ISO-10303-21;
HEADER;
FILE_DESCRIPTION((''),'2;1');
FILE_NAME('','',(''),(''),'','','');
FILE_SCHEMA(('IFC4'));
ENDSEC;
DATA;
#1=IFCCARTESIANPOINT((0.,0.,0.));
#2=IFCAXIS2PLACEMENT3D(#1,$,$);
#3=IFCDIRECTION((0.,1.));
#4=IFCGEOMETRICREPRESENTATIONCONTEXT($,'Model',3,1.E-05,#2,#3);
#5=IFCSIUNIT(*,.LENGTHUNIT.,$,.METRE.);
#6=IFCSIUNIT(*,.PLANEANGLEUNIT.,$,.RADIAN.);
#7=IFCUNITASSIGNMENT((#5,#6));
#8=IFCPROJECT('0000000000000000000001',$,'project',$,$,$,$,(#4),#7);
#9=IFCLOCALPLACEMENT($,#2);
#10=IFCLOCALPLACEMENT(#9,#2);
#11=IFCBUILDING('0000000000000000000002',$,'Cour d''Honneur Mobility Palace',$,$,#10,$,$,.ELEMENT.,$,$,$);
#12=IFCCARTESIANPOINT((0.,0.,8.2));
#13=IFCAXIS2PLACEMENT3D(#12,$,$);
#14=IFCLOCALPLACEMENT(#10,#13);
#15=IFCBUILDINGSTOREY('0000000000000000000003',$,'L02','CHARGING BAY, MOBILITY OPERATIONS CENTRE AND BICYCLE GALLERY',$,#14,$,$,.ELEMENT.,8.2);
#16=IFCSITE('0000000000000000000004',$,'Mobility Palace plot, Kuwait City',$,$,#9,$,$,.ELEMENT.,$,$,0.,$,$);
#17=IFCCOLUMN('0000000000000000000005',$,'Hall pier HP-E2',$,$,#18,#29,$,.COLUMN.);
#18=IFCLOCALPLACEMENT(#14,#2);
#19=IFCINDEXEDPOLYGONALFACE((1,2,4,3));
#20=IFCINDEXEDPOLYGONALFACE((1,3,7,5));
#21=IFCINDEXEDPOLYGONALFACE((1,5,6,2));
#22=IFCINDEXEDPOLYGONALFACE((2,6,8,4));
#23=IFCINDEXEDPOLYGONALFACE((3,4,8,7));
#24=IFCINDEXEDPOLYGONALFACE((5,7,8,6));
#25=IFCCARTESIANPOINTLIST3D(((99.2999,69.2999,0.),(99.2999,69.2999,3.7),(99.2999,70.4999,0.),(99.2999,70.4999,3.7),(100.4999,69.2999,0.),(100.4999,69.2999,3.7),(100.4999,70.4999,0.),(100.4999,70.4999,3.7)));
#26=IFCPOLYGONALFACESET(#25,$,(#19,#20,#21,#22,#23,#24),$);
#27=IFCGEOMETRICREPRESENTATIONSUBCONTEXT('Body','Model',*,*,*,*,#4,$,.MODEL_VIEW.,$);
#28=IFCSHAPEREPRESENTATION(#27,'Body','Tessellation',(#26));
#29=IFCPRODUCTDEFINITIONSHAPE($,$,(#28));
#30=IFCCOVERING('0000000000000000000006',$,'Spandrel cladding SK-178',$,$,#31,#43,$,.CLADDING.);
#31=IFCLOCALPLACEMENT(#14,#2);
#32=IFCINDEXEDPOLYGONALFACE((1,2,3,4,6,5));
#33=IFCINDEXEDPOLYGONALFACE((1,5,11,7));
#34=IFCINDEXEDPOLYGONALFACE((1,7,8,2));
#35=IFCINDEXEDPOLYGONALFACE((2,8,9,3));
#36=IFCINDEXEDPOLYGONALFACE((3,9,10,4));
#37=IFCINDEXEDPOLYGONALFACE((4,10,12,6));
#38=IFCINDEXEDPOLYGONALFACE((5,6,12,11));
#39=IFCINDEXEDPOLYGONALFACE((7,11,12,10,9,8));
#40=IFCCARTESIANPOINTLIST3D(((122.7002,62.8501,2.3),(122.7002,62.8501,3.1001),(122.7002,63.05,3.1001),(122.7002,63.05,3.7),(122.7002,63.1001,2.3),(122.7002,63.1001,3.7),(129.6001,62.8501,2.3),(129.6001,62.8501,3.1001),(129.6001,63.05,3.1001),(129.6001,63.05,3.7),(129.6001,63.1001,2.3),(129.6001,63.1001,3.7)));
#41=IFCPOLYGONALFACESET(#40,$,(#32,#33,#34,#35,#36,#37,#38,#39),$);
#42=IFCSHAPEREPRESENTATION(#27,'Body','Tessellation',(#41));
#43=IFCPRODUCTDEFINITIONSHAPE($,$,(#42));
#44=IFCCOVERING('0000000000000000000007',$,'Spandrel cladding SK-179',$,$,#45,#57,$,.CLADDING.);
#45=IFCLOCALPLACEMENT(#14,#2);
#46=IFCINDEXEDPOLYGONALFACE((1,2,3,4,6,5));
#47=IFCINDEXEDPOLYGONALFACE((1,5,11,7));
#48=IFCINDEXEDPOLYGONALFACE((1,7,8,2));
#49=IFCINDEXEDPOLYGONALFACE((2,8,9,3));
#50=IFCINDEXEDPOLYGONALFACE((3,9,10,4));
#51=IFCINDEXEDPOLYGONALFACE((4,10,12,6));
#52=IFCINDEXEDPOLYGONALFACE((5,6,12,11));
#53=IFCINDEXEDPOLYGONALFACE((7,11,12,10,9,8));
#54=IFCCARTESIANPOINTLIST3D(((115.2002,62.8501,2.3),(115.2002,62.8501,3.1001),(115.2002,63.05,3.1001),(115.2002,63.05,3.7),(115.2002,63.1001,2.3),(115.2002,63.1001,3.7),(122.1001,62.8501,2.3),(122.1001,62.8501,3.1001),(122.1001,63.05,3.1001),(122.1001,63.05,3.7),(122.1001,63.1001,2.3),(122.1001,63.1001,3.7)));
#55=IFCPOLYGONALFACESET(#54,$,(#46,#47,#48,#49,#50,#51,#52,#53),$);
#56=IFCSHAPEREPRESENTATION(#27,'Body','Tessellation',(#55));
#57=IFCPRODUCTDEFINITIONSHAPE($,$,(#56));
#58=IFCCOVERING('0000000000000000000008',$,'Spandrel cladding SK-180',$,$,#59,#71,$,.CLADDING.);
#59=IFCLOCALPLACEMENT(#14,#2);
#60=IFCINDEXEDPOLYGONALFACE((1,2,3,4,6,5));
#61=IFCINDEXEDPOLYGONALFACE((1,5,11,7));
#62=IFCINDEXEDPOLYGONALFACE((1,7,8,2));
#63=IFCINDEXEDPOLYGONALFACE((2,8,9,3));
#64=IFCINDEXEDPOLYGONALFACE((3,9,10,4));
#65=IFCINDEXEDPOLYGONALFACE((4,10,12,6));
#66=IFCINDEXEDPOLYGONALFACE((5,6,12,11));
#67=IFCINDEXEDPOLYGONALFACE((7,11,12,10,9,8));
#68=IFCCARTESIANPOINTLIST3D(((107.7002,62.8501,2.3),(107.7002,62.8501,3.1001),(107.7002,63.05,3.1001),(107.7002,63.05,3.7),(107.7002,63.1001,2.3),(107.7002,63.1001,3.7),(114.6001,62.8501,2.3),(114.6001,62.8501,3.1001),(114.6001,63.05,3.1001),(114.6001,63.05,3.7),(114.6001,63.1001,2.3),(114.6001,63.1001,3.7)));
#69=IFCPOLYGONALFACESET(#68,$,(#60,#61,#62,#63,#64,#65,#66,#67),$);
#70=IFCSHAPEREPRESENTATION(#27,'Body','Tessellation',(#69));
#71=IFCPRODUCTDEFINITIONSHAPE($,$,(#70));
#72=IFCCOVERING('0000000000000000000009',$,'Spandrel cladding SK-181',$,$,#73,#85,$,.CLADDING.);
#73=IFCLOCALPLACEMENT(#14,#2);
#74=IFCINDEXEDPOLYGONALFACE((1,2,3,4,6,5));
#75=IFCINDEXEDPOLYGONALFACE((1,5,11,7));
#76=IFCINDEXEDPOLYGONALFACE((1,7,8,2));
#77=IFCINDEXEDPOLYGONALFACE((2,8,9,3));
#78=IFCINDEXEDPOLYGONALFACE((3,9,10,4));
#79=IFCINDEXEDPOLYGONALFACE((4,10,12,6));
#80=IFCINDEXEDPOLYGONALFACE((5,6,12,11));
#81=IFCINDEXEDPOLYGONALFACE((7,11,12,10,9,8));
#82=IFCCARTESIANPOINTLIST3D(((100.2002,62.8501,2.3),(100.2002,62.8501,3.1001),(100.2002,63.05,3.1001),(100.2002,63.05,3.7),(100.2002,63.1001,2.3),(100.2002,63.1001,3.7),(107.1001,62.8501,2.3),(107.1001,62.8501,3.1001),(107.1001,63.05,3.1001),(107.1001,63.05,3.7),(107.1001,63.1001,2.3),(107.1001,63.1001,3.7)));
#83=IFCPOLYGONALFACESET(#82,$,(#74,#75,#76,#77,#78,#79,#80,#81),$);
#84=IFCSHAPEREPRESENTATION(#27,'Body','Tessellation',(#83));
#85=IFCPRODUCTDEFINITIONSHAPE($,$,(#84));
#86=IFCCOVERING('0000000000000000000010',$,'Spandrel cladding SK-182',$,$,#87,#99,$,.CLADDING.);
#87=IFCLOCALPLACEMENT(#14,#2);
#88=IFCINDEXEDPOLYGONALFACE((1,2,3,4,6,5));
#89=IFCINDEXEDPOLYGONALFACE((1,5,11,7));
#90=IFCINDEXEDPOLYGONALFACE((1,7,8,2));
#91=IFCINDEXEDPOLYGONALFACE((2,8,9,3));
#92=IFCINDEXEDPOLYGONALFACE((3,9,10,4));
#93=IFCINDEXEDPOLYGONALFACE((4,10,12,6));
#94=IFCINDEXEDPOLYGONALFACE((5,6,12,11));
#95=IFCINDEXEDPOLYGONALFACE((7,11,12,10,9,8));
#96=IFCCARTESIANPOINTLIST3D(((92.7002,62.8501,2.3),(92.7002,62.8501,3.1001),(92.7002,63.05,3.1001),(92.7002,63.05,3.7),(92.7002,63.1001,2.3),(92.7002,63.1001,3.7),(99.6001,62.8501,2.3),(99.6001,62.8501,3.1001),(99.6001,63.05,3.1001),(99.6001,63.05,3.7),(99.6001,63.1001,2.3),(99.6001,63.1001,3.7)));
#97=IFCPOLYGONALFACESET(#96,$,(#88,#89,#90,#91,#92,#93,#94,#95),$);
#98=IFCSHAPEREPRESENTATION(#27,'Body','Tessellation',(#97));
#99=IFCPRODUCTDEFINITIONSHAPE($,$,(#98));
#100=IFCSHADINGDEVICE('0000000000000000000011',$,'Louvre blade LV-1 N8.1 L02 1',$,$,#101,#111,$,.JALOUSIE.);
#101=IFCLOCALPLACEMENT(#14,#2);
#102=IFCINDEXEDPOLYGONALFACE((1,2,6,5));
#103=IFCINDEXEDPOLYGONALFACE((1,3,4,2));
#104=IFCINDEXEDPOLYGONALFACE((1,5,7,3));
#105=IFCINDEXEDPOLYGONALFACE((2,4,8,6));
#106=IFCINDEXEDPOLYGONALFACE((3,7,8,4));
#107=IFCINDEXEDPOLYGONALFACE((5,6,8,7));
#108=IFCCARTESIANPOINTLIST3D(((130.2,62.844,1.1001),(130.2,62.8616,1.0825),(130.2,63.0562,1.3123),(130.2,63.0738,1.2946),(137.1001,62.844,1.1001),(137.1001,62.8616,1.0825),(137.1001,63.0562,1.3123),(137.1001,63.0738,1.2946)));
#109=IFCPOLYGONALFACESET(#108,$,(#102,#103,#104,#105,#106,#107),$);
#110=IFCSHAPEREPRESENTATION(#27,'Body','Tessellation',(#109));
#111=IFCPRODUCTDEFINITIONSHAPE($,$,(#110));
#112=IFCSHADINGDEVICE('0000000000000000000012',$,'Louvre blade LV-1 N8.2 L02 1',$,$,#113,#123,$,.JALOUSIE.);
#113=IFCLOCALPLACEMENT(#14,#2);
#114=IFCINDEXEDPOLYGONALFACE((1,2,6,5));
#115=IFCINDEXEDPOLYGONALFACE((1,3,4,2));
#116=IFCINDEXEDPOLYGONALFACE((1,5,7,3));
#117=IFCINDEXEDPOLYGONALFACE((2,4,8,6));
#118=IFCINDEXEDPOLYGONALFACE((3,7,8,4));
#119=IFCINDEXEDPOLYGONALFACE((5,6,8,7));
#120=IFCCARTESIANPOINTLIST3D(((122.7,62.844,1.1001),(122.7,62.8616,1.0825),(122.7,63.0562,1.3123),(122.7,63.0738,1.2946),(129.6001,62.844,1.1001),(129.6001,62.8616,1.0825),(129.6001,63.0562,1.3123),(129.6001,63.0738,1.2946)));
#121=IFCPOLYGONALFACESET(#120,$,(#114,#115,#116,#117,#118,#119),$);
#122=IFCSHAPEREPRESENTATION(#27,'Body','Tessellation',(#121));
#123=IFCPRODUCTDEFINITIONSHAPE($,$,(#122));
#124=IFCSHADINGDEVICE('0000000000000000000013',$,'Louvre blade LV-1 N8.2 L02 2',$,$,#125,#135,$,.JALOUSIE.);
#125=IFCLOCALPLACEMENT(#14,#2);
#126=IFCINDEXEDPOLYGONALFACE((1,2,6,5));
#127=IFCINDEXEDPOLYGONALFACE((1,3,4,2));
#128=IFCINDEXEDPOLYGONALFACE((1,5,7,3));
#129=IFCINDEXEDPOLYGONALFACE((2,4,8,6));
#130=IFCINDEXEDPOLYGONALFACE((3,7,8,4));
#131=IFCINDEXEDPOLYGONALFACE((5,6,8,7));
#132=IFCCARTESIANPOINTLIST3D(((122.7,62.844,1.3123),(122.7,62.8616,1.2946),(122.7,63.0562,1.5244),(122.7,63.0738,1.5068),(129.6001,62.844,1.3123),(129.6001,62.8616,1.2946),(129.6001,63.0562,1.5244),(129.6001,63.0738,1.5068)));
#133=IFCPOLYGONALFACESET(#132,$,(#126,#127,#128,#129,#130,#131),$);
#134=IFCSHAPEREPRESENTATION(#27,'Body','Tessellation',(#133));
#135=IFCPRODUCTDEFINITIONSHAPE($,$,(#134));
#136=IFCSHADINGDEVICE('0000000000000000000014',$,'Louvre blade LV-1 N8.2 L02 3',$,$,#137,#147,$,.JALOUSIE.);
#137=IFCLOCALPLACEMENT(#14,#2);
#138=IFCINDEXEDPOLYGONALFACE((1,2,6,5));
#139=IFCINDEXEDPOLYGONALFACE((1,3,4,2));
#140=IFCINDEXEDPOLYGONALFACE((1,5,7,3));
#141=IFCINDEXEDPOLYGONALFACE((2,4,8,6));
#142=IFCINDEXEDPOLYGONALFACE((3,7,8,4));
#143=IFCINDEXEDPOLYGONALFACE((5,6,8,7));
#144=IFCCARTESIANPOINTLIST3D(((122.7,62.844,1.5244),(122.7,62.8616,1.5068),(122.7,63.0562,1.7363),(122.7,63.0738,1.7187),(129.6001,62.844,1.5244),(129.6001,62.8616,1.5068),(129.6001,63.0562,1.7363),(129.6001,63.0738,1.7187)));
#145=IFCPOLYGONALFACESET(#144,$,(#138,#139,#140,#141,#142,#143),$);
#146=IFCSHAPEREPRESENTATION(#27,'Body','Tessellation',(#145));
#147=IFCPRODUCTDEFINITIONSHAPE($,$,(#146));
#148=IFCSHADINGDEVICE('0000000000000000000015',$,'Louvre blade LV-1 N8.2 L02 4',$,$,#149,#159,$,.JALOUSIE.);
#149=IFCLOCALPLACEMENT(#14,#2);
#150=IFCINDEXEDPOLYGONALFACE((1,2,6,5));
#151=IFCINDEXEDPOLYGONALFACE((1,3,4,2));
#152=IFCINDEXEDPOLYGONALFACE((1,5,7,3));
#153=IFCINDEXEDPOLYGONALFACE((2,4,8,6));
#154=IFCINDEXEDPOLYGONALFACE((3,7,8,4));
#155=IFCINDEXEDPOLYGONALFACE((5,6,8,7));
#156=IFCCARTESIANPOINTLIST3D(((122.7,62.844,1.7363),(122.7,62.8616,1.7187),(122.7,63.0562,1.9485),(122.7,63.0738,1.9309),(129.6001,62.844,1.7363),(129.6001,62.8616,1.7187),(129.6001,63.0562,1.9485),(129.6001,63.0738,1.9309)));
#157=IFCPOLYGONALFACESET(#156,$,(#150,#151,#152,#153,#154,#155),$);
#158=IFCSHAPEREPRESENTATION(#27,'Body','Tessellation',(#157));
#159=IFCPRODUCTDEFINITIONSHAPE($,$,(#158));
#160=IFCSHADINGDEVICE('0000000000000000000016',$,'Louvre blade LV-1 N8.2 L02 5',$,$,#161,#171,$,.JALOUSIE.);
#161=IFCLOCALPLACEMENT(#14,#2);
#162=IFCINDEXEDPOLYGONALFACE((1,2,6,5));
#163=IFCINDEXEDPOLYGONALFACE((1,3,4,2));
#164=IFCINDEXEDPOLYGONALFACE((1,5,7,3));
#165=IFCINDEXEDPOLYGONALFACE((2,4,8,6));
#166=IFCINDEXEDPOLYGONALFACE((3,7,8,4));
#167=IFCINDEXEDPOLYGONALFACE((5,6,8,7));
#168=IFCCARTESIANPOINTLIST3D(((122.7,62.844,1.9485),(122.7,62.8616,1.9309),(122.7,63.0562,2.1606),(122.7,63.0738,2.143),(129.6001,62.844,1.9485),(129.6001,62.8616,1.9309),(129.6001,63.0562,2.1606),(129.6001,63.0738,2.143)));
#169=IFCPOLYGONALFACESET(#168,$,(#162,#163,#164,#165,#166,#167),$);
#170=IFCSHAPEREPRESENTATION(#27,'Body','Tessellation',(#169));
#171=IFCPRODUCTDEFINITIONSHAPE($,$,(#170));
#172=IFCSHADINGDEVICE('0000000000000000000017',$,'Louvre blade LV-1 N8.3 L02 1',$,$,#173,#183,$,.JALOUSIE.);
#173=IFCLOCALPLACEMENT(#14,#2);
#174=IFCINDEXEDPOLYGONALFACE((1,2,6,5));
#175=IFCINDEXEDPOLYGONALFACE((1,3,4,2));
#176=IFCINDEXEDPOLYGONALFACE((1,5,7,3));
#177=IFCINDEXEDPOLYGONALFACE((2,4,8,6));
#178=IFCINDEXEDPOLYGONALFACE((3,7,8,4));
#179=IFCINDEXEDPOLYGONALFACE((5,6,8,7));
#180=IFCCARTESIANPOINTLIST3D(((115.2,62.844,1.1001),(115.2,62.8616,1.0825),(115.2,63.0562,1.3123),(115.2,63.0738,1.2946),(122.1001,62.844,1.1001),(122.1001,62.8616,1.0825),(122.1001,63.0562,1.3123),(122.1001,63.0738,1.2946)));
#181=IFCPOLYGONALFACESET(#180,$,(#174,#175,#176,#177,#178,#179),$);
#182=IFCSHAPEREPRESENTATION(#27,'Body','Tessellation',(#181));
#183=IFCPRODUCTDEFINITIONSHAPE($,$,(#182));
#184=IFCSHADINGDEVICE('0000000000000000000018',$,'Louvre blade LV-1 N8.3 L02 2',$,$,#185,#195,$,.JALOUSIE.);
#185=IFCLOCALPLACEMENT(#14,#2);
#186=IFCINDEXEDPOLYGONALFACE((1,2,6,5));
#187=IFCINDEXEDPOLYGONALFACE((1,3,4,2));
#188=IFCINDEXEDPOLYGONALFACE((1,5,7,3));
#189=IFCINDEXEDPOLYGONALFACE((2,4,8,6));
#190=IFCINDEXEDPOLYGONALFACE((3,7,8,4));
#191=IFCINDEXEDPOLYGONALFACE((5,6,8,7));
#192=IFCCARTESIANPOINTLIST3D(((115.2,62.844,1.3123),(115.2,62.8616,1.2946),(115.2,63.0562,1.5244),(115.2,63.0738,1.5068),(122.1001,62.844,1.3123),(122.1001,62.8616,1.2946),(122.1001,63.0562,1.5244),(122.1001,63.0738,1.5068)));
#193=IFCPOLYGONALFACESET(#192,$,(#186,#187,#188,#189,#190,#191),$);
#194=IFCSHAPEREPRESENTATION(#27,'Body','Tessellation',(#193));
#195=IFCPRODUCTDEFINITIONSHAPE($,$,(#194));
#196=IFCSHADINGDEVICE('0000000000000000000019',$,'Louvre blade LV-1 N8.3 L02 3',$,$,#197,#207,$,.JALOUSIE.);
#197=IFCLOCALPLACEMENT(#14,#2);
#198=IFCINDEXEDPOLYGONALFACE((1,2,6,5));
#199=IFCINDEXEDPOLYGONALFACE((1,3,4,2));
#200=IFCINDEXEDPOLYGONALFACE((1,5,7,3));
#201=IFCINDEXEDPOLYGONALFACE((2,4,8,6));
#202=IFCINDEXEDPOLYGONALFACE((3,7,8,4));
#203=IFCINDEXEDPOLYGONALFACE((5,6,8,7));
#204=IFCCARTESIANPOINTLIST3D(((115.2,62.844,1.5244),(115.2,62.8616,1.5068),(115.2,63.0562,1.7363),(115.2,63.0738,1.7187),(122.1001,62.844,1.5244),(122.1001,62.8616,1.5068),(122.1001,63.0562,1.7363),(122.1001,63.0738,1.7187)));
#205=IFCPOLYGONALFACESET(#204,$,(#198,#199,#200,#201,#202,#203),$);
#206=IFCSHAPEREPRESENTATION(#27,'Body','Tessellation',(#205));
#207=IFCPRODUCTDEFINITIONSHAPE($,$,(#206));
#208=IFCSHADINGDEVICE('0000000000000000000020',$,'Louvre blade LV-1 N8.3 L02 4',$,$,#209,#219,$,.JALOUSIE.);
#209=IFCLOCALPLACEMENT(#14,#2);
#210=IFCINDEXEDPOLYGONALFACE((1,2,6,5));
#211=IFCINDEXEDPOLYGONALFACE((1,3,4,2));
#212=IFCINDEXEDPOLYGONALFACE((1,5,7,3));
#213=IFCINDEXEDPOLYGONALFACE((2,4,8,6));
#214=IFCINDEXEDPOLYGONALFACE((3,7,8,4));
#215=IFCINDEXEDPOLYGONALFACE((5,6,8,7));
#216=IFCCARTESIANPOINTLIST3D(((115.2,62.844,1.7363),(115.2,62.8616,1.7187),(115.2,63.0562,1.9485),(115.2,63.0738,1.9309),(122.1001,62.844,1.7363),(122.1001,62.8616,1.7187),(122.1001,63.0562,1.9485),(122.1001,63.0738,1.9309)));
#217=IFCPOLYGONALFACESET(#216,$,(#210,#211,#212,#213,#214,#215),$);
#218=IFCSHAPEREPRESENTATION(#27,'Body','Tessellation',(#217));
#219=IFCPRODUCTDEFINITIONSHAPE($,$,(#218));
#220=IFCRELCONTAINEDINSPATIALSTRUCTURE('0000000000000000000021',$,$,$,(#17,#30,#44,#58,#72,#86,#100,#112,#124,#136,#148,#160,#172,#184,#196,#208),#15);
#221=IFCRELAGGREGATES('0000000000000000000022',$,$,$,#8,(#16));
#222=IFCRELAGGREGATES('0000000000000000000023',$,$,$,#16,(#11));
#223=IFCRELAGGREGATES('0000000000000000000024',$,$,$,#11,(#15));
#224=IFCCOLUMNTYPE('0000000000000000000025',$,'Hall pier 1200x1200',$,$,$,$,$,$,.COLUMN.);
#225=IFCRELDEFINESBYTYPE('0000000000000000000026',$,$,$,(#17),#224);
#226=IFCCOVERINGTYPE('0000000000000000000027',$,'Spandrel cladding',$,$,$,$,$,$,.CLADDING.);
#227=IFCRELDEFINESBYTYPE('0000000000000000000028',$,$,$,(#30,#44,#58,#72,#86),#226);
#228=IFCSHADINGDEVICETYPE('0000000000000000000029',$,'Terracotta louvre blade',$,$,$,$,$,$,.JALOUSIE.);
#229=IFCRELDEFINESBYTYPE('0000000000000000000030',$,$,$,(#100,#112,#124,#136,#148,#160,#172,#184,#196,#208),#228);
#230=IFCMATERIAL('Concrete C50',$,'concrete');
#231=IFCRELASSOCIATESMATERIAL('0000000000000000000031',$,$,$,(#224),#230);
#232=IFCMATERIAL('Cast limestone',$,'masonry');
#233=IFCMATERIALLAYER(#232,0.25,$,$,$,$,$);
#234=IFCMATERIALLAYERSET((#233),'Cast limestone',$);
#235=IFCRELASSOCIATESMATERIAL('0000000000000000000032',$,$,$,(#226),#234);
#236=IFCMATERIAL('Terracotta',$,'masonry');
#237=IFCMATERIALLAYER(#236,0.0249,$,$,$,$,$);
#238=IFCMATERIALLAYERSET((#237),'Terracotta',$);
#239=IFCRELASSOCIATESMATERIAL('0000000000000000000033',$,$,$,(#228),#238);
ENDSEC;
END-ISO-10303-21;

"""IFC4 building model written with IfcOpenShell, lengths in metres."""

from ifc_helpers import new_model, si_unit, direction, frame, origin, origin_2d, place, context, subcontext, project, spatial, polyline, rectangle, outline, extrude, material, layer, layer_set, material_profile, profile_set, type_object, element, save


model = new_model("IFC4")

# Units and contexts
model_context = context("Model", 3, precision=1e-05, world=origin(), true_north=direction((0.0, 1.0)))
body_context = subcontext(model_context, "Body", "Model", "MODEL_VIEW")
ifc_project = project(units=[si_unit("LENGTHUNIT", "METRE"), si_unit("PLANEANGLEUNIT", "RADIAN")], contexts=[model_context])

# Site, building, storey
site_placement = place(None, origin())
site = spatial("IfcSite", under=ifc_project, at=site_placement, Name="Mobility Palace plot, Kuwait City", CompositionType="ELEMENT", RefElevation=0.0)
building_placement = place(site_placement, origin())
building = spatial("IfcBuilding", under=site, at=building_placement, Name="Cour d'Honneur Mobility Palace", CompositionType="ELEMENT")
storey_placement = place(building_placement, frame((0.0, 0.0, 8.2)))
storey = spatial("IfcBuildingStorey", under=building, at=storey_placement, Name="L02", Description="CHARGING BAY, MOBILITY OPERATIONS CENTRE AND BICYCLE GALLERY", CompositionType="ELEMENT", Elevation=8.2)

# Column
ifc_material_1 = material(Name="Concrete C50", Category="concrete")
ifc_material_profile = material_profile(ifc_material_1, rectangle(XDim=1.2, YDim=1.2, at=origin_2d()), Name="Hall pier 1200x1200")
ifc_profile_set = profile_set([ifc_material_profile], Name="Concrete C50")
column_type = type_object("IfcColumnType", Name="Hall pier 1200x1200", PredefinedType="COLUMN", material=ifc_profile_set)
column_placement = place(storey_placement, frame((99.8999, 69.8999, 0.0), z_axis=(0.0, 0.0, 1.0), x_axis=(1.0, 0.0, 0.0)))
element("IfcColumn", 1, at=column_placement, inside=storey, type_object=column_type, Name="Hall pier HP-E2", PredefinedType="COLUMN", context=body_context, shape_type="SweptSolid", body=[
    extrude(rectangle(XDim=1.2, YDim=1.2, at=origin_2d()), origin(), (0.0, 0.0, 1.0), 3.7),
])

# Coverings
ifc_material_2 = material(Name="Cast limestone", Category="masonry")
ifc_layer_1 = layer(ifc_material_2, 0.25)
ifc_layer_set_1 = layer_set([ifc_layer_1], Name="Cast limestone")
covering_type = type_object("IfcCoveringType", Name="Spandrel cladding", PredefinedType="CLADDING", material=ifc_layer_set_1)
for number, where, z_axis, x_axis, name in (
    (2, (129.6001, 62.8501, 2.3), (1.0, 0.0, 0.0), (0.0, 1.0, 0.0), "Spandrel cladding SK-178"),
    (3, (122.1001, 62.8501, 2.3), (1.0, 0.0, 0.0), (0.0, 1.0, 0.0), "Spandrel cladding SK-179"),
    (4, (114.6001, 62.8501, 2.3), (1.0, 0.0, 0.0), (0.0, 1.0, 0.0), "Spandrel cladding SK-180"),
    (5, (107.1001, 62.8501, 2.3), (1.0, 0.0, 0.0), (0.0, 1.0, 0.0), "Spandrel cladding SK-181"),
    (6, (99.6001, 62.8501, 2.3), (1.0, 0.0, 0.0), (0.0, 1.0, 0.0), "Spandrel cladding SK-182"),
):
    element("IfcCovering", number, at=place(storey_placement, frame(where, z_axis=z_axis, x_axis=x_axis)), inside=storey, type_object=covering_type, Name=name, PredefinedType="CLADDING", context=body_context, shape_type="SweptSolid", body=[
        extrude(outline(polyline([(0.0, 0.0), (0.25, 0.0), (0.25, 1.3999), (0.2, 1.3999), (0.2, 0.8), (0.0, 0.8), (0.0, 0.0)])), origin(), (0.0, 0.0, -1.0), 6.8999),
    ])

# Shading devices
ifc_material_3 = material(Name="Terracotta", Category="masonry")
ifc_layer_2 = layer(ifc_material_3, 0.0249)
ifc_layer_set_2 = layer_set([ifc_layer_2], Name="Terracotta")
shading_device_type = type_object("IfcShadingDeviceType", Name="Terracotta louvre blade", PredefinedType="JALOUSIE", material=ifc_layer_set_2)
for number, where, z_axis, x_axis, name in (
    (7, (137.1001, 62.844, 1.1001), (0.0, -0.707107, 0.707107), (-1.0, 0.0, 0.0), "Louvre blade LV-1 N8.1 L02 1"),
    (8, (129.6001, 62.844, 1.1001), (0.0, -0.707107, 0.707107), (-1.0, 0.0, 0.0), "Louvre blade LV-1 N8.2 L02 1"),
    (9, (129.6001, 62.844, 1.3123), (0.0, -0.707107, 0.707107), (-1.0, 0.0, 0.0), "Louvre blade LV-1 N8.2 L02 2"),
):
    element("IfcShadingDevice", number, at=place(storey_placement, frame(where, z_axis=z_axis, x_axis=x_axis)), inside=storey, type_object=shading_device_type, Name=name, PredefinedType="JALOUSIE", context=body_context, shape_type="SweptSolid", body=[
        extrude(outline(polyline([(0.0, 0.0), (6.9001, 0.0), (6.9001, -0.3), (0.0, -0.3), (0.0, 0.0)])), origin(), (0.0, 0.0, -1.0), 0.0249),
    ])
shading_device_1_placement = place(storey_placement, frame((129.6001, 62.844, 1.5244), z_axis=(0.0, -0.7067, 0.707514), x_axis=(-1.0, 0.0, 0.0)))
element("IfcShadingDevice", 10, at=shading_device_1_placement, inside=storey, type_object=shading_device_type, Name="Louvre blade LV-1 N8.2 L02 3", PredefinedType="JALOUSIE", context=body_context, shape_type="SweptSolid", body=[
    extrude(outline(polyline([(0.0, 0.0), (6.9001, 0.0), (6.9001, -0.2999), (0.0, -0.2999), (0.0, 0.0)])), origin(), (0.0, 0.0, -1.0), 0.0249),
])
for number, where, z_axis, x_axis, name in (
    (11, (129.6001, 62.844, 1.7363), (0.0, -0.707107, 0.707107), (-1.0, 0.0, 0.0), "Louvre blade LV-1 N8.2 L02 4"),
    (12, (129.6001, 62.844, 1.9485), (0.0, -0.707107, 0.707107), (-1.0, 0.0, 0.0), "Louvre blade LV-1 N8.2 L02 5"),
    (13, (122.1001, 62.844, 1.1001), (0.0, -0.707107, 0.707107), (-1.0, 0.0, 0.0), "Louvre blade LV-1 N8.3 L02 1"),
    (14, (122.1001, 62.844, 1.3123), (0.0, -0.707107, 0.707107), (-1.0, 0.0, 0.0), "Louvre blade LV-1 N8.3 L02 2"),
):
    element("IfcShadingDevice", number, at=place(storey_placement, frame(where, z_axis=z_axis, x_axis=x_axis)), inside=storey, type_object=shading_device_type, Name=name, PredefinedType="JALOUSIE", context=body_context, shape_type="SweptSolid", body=[
        extrude(outline(polyline([(0.0, 0.0), (6.9001, 0.0), (6.9001, -0.3), (0.0, -0.3), (0.0, 0.0)])), origin(), (0.0, 0.0, -1.0), 0.0249),
    ])
shading_device_2_placement = place(storey_placement, frame((122.1001, 62.844, 1.5244), z_axis=(0.0, -0.7067, 0.707514), x_axis=(-1.0, 0.0, 0.0)))
element("IfcShadingDevice", 15, at=shading_device_2_placement, inside=storey, type_object=shading_device_type, Name="Louvre blade LV-1 N8.3 L02 3", PredefinedType="JALOUSIE", context=body_context, shape_type="SweptSolid", body=[
    extrude(outline(polyline([(0.0, 0.0), (6.9001, 0.0), (6.9001, -0.2999), (0.0, -0.2999), (0.0, 0.0)])), origin(), (0.0, 0.0, -1.0), 0.0249),
])
for number, where, z_axis, x_axis, name in (
    (16, (122.1001, 62.844, 1.7363), (0.0, -0.707107, 0.707107), (-1.0, 0.0, 0.0), "Louvre blade LV-1 N8.3 L02 4"),
):
    element("IfcShadingDevice", number, at=place(storey_placement, frame(where, z_axis=z_axis, x_axis=x_axis)), inside=storey, type_object=shading_device_type, Name=name, PredefinedType="JALOUSIE", context=body_context, shape_type="SweptSolid", body=[
        extrude(outline(polyline([(0.0, 0.0), (6.9001, 0.0), (6.9001, -0.3), (0.0, -0.3), (0.0, 0.0)])), origin(), (0.0, 0.0, -1.0), 0.0249),
    ])

save(model, "model.ifc")
